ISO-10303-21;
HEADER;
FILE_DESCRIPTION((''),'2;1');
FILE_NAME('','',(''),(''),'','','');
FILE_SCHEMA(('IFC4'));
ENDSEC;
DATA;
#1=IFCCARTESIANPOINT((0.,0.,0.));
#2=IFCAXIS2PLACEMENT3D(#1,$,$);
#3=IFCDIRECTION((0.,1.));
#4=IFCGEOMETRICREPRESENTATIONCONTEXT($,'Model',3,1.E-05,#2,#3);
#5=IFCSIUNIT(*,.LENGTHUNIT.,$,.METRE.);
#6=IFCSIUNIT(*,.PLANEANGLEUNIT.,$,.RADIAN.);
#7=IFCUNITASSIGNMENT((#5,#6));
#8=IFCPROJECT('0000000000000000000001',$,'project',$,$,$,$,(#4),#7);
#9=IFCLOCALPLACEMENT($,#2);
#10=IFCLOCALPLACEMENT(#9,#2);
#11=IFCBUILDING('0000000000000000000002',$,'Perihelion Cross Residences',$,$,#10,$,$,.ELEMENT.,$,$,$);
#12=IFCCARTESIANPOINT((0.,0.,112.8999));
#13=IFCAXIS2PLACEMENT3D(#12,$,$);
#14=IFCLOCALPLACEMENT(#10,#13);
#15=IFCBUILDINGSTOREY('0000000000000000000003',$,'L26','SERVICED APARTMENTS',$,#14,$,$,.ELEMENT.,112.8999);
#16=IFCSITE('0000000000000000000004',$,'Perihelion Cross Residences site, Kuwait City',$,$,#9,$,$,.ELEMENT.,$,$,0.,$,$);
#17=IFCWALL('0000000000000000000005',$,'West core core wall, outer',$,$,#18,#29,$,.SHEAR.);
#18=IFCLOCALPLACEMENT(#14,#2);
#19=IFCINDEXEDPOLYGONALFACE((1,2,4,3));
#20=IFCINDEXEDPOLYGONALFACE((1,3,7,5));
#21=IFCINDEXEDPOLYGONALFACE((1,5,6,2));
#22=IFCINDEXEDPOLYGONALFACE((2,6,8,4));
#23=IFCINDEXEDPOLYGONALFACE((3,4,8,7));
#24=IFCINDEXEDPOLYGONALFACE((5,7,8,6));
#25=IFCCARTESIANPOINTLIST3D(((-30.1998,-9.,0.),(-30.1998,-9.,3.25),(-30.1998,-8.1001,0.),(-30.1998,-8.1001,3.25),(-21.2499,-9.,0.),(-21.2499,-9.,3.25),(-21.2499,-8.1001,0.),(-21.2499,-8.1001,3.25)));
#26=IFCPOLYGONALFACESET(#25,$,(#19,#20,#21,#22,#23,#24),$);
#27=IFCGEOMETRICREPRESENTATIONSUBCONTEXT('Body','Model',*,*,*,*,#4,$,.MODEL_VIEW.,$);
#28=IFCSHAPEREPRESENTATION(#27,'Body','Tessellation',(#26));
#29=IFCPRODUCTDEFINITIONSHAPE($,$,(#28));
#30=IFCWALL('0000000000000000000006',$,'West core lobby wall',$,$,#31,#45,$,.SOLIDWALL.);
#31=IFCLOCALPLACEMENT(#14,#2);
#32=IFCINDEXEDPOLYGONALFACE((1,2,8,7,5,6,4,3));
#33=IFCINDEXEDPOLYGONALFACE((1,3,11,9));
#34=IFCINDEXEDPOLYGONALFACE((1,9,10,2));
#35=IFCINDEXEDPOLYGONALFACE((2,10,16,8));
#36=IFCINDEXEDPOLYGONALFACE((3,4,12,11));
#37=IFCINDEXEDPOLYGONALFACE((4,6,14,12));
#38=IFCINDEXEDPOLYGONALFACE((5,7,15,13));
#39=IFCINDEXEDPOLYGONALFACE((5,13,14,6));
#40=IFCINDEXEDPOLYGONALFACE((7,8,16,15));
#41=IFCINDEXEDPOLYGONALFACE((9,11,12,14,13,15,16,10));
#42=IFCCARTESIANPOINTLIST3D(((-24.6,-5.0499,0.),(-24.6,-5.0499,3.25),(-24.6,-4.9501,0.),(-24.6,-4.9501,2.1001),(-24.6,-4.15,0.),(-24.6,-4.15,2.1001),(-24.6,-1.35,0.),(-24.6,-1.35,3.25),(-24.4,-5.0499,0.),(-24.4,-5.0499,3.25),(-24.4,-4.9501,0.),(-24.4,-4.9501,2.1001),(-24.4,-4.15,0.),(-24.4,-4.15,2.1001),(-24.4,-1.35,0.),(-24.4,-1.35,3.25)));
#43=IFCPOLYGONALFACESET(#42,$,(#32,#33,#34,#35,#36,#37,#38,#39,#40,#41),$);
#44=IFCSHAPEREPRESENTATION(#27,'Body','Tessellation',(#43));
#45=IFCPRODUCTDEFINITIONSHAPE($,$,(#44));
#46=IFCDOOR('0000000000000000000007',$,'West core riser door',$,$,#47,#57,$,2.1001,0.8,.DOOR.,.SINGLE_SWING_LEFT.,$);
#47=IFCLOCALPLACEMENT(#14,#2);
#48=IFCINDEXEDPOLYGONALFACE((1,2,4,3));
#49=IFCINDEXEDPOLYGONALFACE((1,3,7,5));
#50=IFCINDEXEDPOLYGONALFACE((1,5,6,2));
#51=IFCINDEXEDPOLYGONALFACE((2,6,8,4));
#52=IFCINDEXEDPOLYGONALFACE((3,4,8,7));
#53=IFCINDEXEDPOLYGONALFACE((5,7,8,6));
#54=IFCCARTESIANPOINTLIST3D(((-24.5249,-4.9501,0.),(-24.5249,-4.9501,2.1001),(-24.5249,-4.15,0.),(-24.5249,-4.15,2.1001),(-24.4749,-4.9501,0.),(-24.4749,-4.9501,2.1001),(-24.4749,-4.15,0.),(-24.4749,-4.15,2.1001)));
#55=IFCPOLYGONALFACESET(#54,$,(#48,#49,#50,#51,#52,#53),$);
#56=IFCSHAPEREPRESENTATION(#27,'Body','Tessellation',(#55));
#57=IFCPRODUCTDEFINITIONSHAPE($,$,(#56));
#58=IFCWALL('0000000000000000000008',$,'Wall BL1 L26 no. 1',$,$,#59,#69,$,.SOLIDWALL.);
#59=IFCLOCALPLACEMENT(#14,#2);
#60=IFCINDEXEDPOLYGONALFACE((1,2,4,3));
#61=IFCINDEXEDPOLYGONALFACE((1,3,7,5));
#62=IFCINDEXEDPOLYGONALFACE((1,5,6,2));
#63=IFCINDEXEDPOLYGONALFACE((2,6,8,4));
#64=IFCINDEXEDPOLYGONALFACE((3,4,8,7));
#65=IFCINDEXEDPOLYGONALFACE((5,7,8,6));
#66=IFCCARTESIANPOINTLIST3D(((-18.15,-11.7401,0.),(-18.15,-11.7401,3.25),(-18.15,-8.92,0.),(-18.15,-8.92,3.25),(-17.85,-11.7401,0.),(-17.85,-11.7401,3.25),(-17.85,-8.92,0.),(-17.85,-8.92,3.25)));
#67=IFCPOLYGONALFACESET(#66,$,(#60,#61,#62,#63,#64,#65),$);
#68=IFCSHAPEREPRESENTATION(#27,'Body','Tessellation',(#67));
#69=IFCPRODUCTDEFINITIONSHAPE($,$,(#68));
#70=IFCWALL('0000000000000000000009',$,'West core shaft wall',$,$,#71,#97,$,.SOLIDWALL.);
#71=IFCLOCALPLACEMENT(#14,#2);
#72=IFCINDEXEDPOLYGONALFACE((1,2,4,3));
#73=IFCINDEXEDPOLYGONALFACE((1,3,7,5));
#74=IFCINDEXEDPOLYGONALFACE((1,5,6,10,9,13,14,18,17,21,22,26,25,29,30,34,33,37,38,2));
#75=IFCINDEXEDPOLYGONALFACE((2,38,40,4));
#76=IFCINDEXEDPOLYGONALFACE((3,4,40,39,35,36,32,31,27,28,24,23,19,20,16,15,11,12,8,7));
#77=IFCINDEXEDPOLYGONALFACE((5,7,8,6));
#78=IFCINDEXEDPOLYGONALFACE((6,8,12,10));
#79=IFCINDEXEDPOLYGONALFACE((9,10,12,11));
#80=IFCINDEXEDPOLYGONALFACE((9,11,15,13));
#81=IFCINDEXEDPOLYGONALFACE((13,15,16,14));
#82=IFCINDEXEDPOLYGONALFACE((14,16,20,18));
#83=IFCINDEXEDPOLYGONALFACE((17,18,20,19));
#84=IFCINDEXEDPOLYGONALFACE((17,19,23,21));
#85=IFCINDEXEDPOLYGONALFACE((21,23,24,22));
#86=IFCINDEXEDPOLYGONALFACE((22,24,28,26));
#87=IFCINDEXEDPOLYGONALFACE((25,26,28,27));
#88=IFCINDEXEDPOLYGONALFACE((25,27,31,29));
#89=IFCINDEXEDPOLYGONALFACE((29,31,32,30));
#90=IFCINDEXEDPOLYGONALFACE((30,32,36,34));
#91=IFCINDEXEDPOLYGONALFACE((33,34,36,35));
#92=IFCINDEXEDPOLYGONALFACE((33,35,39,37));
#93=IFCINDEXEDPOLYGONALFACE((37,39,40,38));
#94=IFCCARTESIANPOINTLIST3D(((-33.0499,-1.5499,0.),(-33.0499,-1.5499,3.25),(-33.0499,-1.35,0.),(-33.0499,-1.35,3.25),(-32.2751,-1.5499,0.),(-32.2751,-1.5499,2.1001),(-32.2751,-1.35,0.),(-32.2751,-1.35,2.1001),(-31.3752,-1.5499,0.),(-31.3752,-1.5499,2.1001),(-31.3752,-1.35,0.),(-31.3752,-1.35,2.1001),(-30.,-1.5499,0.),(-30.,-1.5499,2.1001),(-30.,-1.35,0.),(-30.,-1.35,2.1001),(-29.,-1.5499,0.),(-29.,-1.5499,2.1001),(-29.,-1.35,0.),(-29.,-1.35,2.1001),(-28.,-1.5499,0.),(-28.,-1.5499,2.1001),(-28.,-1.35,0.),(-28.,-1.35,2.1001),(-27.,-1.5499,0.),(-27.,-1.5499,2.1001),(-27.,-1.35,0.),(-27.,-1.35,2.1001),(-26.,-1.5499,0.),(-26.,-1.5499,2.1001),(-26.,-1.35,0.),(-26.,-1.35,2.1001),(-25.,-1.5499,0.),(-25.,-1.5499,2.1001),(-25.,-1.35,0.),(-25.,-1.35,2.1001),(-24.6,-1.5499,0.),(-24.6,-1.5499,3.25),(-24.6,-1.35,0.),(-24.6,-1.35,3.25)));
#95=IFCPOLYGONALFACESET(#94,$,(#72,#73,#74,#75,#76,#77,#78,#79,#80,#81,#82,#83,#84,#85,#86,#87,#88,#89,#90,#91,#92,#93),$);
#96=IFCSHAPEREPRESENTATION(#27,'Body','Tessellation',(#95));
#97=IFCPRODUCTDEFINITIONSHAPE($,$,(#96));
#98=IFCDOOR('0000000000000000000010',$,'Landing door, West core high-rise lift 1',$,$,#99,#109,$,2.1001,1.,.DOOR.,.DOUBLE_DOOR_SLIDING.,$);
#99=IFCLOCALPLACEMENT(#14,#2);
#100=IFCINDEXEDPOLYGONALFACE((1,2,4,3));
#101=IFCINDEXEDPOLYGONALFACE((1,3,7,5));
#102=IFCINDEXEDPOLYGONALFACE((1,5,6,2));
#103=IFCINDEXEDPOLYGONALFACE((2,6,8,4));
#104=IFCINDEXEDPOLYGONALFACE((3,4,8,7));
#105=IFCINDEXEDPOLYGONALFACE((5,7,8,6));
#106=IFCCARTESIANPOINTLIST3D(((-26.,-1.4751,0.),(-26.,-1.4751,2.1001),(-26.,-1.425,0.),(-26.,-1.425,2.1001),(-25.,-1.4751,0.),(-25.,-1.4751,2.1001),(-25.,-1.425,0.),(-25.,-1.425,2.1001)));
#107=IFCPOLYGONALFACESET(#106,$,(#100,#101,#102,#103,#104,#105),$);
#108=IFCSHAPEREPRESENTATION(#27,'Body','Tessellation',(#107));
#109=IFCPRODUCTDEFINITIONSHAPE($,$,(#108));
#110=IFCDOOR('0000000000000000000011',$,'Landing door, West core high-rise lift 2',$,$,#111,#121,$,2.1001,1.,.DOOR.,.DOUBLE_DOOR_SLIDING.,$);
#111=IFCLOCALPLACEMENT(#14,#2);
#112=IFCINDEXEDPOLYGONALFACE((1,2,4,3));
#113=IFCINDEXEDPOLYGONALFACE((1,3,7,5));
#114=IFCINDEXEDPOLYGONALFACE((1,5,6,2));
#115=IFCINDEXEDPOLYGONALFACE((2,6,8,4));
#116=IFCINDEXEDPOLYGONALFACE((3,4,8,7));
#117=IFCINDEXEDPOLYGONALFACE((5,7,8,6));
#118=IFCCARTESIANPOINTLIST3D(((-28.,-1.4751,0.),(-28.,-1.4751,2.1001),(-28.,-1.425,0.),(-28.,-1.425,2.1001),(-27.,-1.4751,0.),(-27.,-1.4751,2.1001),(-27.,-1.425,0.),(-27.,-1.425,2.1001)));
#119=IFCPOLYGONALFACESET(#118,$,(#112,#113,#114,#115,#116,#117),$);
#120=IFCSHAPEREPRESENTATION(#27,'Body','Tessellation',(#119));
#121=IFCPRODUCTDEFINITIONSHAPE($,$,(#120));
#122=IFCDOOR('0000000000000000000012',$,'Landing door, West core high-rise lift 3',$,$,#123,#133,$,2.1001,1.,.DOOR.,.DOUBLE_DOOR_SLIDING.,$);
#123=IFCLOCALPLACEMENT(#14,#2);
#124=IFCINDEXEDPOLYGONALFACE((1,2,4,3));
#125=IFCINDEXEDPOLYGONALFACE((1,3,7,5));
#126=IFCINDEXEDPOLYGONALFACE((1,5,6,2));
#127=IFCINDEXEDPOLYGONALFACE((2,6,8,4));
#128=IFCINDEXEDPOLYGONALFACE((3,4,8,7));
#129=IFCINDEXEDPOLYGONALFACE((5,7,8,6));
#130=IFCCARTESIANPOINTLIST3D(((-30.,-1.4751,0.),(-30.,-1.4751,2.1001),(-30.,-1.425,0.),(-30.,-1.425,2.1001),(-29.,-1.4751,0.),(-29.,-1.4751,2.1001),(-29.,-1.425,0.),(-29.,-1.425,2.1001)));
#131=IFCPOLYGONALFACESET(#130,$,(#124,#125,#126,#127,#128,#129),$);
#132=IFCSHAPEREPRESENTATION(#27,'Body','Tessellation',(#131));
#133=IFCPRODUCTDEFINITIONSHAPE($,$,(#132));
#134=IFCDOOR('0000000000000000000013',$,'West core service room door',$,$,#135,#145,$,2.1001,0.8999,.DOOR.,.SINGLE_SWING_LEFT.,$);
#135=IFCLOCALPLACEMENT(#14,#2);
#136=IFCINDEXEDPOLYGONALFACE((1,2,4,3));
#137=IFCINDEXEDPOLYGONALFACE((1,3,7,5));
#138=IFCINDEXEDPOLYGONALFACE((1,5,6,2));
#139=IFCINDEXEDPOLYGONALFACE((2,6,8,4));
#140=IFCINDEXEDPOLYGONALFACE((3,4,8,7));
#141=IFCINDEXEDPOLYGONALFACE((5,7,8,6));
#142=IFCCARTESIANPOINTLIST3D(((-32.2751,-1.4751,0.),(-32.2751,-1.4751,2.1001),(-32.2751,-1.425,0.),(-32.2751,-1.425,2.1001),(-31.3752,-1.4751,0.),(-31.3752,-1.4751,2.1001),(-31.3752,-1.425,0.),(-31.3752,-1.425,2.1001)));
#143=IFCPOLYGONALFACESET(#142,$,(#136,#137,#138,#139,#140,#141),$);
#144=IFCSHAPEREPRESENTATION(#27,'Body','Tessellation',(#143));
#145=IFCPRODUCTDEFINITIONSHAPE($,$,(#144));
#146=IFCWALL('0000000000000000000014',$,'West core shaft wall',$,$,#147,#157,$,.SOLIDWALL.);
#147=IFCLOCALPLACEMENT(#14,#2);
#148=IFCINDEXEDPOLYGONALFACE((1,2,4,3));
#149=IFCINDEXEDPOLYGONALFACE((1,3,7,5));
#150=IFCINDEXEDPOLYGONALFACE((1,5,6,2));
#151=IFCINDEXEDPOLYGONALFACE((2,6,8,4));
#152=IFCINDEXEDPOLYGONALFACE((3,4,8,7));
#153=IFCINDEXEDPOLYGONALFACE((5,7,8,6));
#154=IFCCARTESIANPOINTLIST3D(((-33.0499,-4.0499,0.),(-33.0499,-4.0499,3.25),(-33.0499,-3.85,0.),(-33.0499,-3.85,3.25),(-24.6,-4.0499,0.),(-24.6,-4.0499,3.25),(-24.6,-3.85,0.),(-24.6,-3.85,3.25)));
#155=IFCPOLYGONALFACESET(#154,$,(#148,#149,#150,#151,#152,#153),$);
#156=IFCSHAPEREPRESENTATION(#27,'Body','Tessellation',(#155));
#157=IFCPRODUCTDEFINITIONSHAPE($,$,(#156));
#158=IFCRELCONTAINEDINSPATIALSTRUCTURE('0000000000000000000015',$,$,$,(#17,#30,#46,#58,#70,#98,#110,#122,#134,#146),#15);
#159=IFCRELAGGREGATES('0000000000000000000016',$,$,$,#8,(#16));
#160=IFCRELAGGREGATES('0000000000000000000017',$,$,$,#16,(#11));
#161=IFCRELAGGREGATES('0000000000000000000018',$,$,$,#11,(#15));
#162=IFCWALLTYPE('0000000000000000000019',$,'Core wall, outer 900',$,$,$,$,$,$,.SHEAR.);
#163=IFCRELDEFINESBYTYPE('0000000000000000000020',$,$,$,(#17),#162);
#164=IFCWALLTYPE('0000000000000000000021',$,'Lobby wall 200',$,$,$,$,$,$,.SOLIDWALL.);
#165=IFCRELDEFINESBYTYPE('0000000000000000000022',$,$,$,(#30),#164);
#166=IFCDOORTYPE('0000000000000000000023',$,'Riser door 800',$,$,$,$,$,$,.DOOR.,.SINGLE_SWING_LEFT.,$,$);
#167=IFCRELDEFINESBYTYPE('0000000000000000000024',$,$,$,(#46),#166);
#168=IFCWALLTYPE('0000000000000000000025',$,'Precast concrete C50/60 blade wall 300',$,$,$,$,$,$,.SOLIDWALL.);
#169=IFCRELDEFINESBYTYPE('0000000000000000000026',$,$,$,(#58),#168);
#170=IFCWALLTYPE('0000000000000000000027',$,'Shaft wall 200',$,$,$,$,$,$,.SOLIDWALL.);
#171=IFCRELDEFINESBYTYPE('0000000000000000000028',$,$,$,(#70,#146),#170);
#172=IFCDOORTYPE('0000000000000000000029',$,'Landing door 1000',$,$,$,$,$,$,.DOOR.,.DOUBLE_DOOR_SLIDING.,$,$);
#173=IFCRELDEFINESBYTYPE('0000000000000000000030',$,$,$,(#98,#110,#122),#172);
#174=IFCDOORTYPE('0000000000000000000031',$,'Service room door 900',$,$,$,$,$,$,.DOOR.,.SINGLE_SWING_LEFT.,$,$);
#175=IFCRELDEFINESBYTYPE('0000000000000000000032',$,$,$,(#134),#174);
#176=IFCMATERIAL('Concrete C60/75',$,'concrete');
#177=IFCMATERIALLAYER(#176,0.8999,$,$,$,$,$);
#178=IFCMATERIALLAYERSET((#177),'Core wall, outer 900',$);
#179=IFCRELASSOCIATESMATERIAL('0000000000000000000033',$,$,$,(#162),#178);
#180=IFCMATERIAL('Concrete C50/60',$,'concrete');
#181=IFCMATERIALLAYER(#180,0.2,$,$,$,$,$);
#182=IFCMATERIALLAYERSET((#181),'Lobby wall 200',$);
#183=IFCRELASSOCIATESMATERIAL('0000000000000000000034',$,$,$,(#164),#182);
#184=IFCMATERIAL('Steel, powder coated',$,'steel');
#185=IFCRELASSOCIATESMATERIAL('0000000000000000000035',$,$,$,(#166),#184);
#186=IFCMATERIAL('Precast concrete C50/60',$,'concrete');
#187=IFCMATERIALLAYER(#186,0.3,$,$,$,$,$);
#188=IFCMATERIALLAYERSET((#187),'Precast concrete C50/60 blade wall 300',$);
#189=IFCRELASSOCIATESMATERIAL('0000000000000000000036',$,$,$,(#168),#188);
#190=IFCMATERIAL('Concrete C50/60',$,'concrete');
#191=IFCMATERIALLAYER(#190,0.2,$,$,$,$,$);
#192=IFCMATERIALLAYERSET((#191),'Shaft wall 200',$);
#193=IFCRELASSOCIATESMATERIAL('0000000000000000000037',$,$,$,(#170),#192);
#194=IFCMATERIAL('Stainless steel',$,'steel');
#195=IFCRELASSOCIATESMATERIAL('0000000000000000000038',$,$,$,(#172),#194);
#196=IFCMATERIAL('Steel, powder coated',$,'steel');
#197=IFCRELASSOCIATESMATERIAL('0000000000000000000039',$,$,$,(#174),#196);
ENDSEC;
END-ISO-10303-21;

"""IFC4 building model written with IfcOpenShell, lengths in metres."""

from ifc_helpers import new_model, si_unit, direction, frame, frame_2d, origin, place, context, subcontext, project, spatial, rectangle, extrude, material, layer, layer_set, type_object, element, fill, save


model = new_model("IFC4")

# Units and contexts
model_context = context("Model", 3, precision=1e-05, world=origin(), true_north=direction((0.0, 1.0)))
body_context = subcontext(model_context, "Body", "Model", "MODEL_VIEW")
ifc_project = project(units=[si_unit("LENGTHUNIT", "METRE"), si_unit("PLANEANGLEUNIT", "RADIAN")], contexts=[model_context])

# Site, building, storey
site_placement = place(None, origin())
site = spatial("IfcSite", under=ifc_project, at=site_placement, Name="Perihelion Cross Residences site, Kuwait City", CompositionType="ELEMENT", RefElevation=0.0)
building_placement = place(site_placement, origin())
building = spatial("IfcBuilding", under=site, at=building_placement, Name="Perihelion Cross Residences", CompositionType="ELEMENT")
storey_placement = place(building_placement, frame((0.0, 0.0, 112.8999)))
storey = spatial("IfcBuildingStorey", under=building, at=storey_placement, Name="L26", Description="SERVICED APARTMENTS", CompositionType="ELEMENT", Elevation=112.8999)

# Wall
ifc_material_1 = material(Name="Concrete C60/75", Category="concrete")
ifc_layer_1 = layer(ifc_material_1, 0.8999)
ifc_layer_set_1 = layer_set([ifc_layer_1], Name="Core wall, outer 900")
wall_type_1 = type_object("IfcWallType", Name="Core wall, outer 900", PredefinedType="SHEAR", material=ifc_layer_set_1)
wall_1_placement = place(storey_placement, frame((-30.2, -8.55, 0.0), z_axis=(0.0, 0.0, 1.0), x_axis=(1.0, 0.0, 0.0)))
element("IfcWall", 1, at=wall_1_placement, inside=storey, type_object=wall_type_1, Name="West core core wall, outer", PredefinedType="SHEAR", context=body_context, shape_type="SweptSolid", body=[
    extrude(rectangle(XDim=8.95, YDim=0.8999, at=frame_2d((4.4751, 0.0))), origin(), (0.0, 0.0, 1.0), 3.25),
])

# Wall, opening, door
ifc_material_2 = material(Name="Concrete C50/60", Category="concrete")
ifc_layer_2 = layer(ifc_material_2, 0.2)
ifc_layer_set_2 = layer_set([ifc_layer_2], Name="Lobby wall 200")
wall_type_2 = type_object("IfcWallType", Name="Lobby wall 200", PredefinedType="SOLIDWALL", material=ifc_layer_set_2)
wall_2_placement = place(storey_placement, frame((-24.5, -5.05, 0.0), z_axis=(0.0, 0.0, 1.0), x_axis=(0.0, 1.0, 0.0)))
wall_2 = element("IfcWall", 2, at=wall_2_placement, inside=storey, type_object=wall_type_2, Name="West core lobby wall", PredefinedType="SOLIDWALL", context=body_context, shape_type="SweptSolid", body=[
    extrude(rectangle(XDim=3.7, YDim=0.2, at=frame_2d((1.8501, 0.0))), origin(), (0.0, 0.0, 1.0), 3.25),
])
opening_1_placement = place(wall_2_placement, frame((0.1001, 0.0, 0.0)))
opening_1 = element("IfcOpeningElement", 3, at=opening_1_placement, cuts=wall_2, PredefinedType="OPENING", context=body_context, shape_type="SweptSolid", body=[
    extrude(rectangle(XDim=0.8, YDim=2.1001, at=frame_2d((0.3999, 1.05))), frame((0.0, 0.1099, 0.0), z_axis=(0.0, -1.0, 0.0), x_axis=(1.0, 0.0, 0.0)), (0.0, 0.0, 1.0), 0.22),
])
ifc_material_3 = material(Name="Steel, powder coated", Category="steel")
door_type_1 = type_object("IfcDoorType", Name="Riser door 800", OperationType="SINGLE_SWING_LEFT", PredefinedType="DOOR", material=ifc_material_3)
door_1_placement = place(opening_1_placement, origin())
door_1 = element("IfcDoor", 4, at=door_1_placement, inside=storey, type_object=door_type_1, Name="West core riser door", OperationType="SINGLE_SWING_LEFT", OverallHeight=2.1001, OverallWidth=0.8, PredefinedType="DOOR", context=body_context, shape_type="SweptSolid", body=[
    extrude(rectangle(XDim=0.8, YDim=2.1001, at=frame_2d((0.3999, 1.05))), frame((0.0, 0.0249, 0.0), z_axis=(0.0, -1.0, 0.0), x_axis=(1.0, 0.0, 0.0)), (0.0, 0.0, 1.0), 0.05),
])
fill(opening_1, door_1)

# Wall
ifc_material_4 = material(Name="Precast concrete C50/60", Category="concrete")
ifc_layer_3 = layer(ifc_material_4, 0.3)
ifc_layer_set_3 = layer_set([ifc_layer_3], Name="Precast concrete C50/60 blade wall 300")
wall_type_3 = type_object("IfcWallType", Name="Precast concrete C50/60 blade wall 300", PredefinedType="SOLIDWALL", material=ifc_layer_set_3)
wall_3_placement = place(storey_placement, frame((-18.0, -8.9199, 0.0), z_axis=(0.0, 0.0, 1.0), x_axis=(0.0, -1.0, 0.0)))
element("IfcWall", 5, at=wall_3_placement, inside=storey, type_object=wall_type_3, Name="Wall BL1 L26 no. 1", PredefinedType="SOLIDWALL", context=body_context, shape_type="SweptSolid", body=[
    extrude(rectangle(XDim=2.8201, YDim=0.3, at=frame_2d((1.4102, 0.0))), origin(), (0.0, 0.0, 1.0), 3.25),
])

# Wall, openings, doors
ifc_material_5 = material(Name="Concrete C50/60", Category="concrete")
ifc_layer_4 = layer(ifc_material_5, 0.2)
ifc_layer_set_4 = layer_set([ifc_layer_4], Name="Shaft wall 200")
wall_type_4 = type_object("IfcWallType", Name="Shaft wall 200", PredefinedType="SOLIDWALL", material=ifc_layer_set_4)
wall_4_placement = place(storey_placement, frame((-33.05, -1.45, 0.0), z_axis=(0.0, 0.0, 1.0), x_axis=(1.0, 0.0, 0.0)))
wall_4 = element("IfcWall", 6, at=wall_4_placement, inside=storey, type_object=wall_type_4, Name="West core shaft wall", PredefinedType="SOLIDWALL", context=body_context, shape_type="SweptSolid", body=[
    extrude(rectangle(XDim=8.45, YDim=0.2, at=frame_2d((4.2251, 0.0))), origin(), (0.0, 0.0, 1.0), 3.25),
])
opening_2_placement = place(wall_4_placement, frame((7.05, 0.0, 0.0)))
opening_2 = element("IfcOpeningElement", 7, at=opening_2_placement, cuts=wall_4, PredefinedType="OPENING", context=body_context, shape_type="SweptSolid", body=[
    extrude(rectangle(XDim=1.0, YDim=2.1001, at=frame_2d((0.5, 1.05))), frame((0.0, 0.1099, 0.0), z_axis=(0.0, -1.0, 0.0), x_axis=(1.0, 0.0, 0.0)), (0.0, 0.0, 1.0), 0.22),
])
opening_3_placement = place(wall_4_placement, frame((5.05, 0.0, 0.0)))
opening_3 = element("IfcOpeningElement", 8, at=opening_3_placement, cuts=wall_4, PredefinedType="OPENING", context=body_context, shape_type="SweptSolid", body=[
    extrude(rectangle(XDim=1.0, YDim=2.1001, at=frame_2d((0.5, 1.05))), frame((0.0, 0.1099, 0.0), z_axis=(0.0, -1.0, 0.0), x_axis=(1.0, 0.0, 0.0)), (0.0, 0.0, 1.0), 0.22),
])
opening_4_placement = place(wall_4_placement, frame((3.05, 0.0, 0.0)))
opening_4 = element("IfcOpeningElement", 9, at=opening_4_placement, cuts=wall_4, PredefinedType="OPENING", context=body_context, shape_type="SweptSolid", body=[
    extrude(rectangle(XDim=1.0, YDim=2.1001, at=frame_2d((0.5, 1.05))), frame((0.0, 0.1099, 0.0), z_axis=(0.0, -1.0, 0.0), x_axis=(1.0, 0.0, 0.0)), (0.0, 0.0, 1.0), 0.22),
])
opening_5_placement = place(wall_4_placement, frame((0.7749, 0.0, 0.0)))
opening_5 = element("IfcOpeningElement", 10, at=opening_5_placement, cuts=wall_4, PredefinedType="OPENING", context=body_context, shape_type="SweptSolid", body=[
    extrude(rectangle(XDim=0.8999, YDim=2.1001, at=frame_2d((0.45, 1.05))), frame((0.0, 0.1099, 0.0), z_axis=(0.0, -1.0, 0.0), x_axis=(1.0, 0.0, 0.0)), (0.0, 0.0, 1.0), 0.22),
])
ifc_material_6 = material(Name="Stainless steel", Category="steel")
door_type_2 = type_object("IfcDoorType", Name="Landing door 1000", OperationType="DOUBLE_DOOR_SLIDING", PredefinedType="DOOR", material=ifc_material_6)
door_2_placement = place(opening_2_placement, origin())
door_2 = element("IfcDoor", 11, at=door_2_placement, inside=storey, type_object=door_type_2, Name="Landing door, West core high-rise lift 1", OperationType="DOUBLE_DOOR_SLIDING", OverallHeight=2.1001, OverallWidth=1.0, PredefinedType="DOOR", context=body_context, shape_type="SweptSolid", body=[
    extrude(rectangle(XDim=1.0, YDim=2.1001, at=frame_2d((0.5, 1.05))), frame((0.0, 0.0249, 0.0), z_axis=(0.0, -1.0, 0.0), x_axis=(1.0, 0.0, 0.0)), (0.0, 0.0, 1.0), 0.05),
])
fill(opening_2, door_2)
door_3_placement = place(opening_3_placement, origin())
door_3 = element("IfcDoor", 12, at=door_3_placement, inside=storey, type_object=door_type_2, Name="Landing door, West core high-rise lift 2", OperationType="DOUBLE_DOOR_SLIDING", OverallHeight=2.1001, OverallWidth=1.0, PredefinedType="DOOR", context=body_context, shape_type="SweptSolid", body=[
    extrude(rectangle(XDim=1.0, YDim=2.1001, at=frame_2d((0.5, 1.05))), frame((0.0, 0.0249, 0.0), z_axis=(0.0, -1.0, 0.0), x_axis=(1.0, 0.0, 0.0)), (0.0, 0.0, 1.0), 0.05),
])
fill(opening_3, door_3)
door_4_placement = place(opening_4_placement, origin())
door_4 = element("IfcDoor", 13, at=door_4_placement, inside=storey, type_object=door_type_2, Name="Landing door, West core high-rise lift 3", OperationType="DOUBLE_DOOR_SLIDING", OverallHeight=2.1001, OverallWidth=1.0, PredefinedType="DOOR", context=body_context, shape_type="SweptSolid", body=[
    extrude(rectangle(XDim=1.0, YDim=2.1001, at=frame_2d((0.5, 1.05))), frame((0.0, 0.0249, 0.0), z_axis=(0.0, -1.0, 0.0), x_axis=(1.0, 0.0, 0.0)), (0.0, 0.0, 1.0), 0.05),
])
fill(opening_4, door_4)
ifc_material_7 = material(Name="Steel, powder coated", Category="steel")
door_type_3 = type_object("IfcDoorType", Name="Service room door 900", OperationType="SINGLE_SWING_LEFT", PredefinedType="DOOR", material=ifc_material_7)
door_5_placement = place(opening_5_placement, origin())
door_5 = element("IfcDoor", 14, at=door_5_placement, inside=storey, type_object=door_type_3, Name="West core service room door", OperationType="SINGLE_SWING_LEFT", OverallHeight=2.1001, OverallWidth=0.8999, PredefinedType="DOOR", context=body_context, shape_type="SweptSolid", body=[
    extrude(rectangle(XDim=0.8999, YDim=2.1001, at=frame_2d((0.45, 1.05))), frame((0.0, 0.0249, 0.0), z_axis=(0.0, -1.0, 0.0), x_axis=(1.0, 0.0, 0.0)), (0.0, 0.0, 1.0), 0.05),
])
fill(opening_5, door_5)

# Wall
wall_5_placement = place(storey_placement, frame((-33.05, -3.95, 0.0), z_axis=(0.0, 0.0, 1.0), x_axis=(1.0, 0.0, 0.0)))
element("IfcWall", 15, at=wall_5_placement, inside=storey, type_object=wall_type_4, Name="West core shaft wall", PredefinedType="SOLIDWALL", context=body_context, shape_type="SweptSolid", body=[
    extrude(rectangle(XDim=8.45, YDim=0.2, at=frame_2d((4.2251, 0.0))), origin(), (0.0, 0.0, 1.0), 3.25),
])

save(model, "model.ifc")
